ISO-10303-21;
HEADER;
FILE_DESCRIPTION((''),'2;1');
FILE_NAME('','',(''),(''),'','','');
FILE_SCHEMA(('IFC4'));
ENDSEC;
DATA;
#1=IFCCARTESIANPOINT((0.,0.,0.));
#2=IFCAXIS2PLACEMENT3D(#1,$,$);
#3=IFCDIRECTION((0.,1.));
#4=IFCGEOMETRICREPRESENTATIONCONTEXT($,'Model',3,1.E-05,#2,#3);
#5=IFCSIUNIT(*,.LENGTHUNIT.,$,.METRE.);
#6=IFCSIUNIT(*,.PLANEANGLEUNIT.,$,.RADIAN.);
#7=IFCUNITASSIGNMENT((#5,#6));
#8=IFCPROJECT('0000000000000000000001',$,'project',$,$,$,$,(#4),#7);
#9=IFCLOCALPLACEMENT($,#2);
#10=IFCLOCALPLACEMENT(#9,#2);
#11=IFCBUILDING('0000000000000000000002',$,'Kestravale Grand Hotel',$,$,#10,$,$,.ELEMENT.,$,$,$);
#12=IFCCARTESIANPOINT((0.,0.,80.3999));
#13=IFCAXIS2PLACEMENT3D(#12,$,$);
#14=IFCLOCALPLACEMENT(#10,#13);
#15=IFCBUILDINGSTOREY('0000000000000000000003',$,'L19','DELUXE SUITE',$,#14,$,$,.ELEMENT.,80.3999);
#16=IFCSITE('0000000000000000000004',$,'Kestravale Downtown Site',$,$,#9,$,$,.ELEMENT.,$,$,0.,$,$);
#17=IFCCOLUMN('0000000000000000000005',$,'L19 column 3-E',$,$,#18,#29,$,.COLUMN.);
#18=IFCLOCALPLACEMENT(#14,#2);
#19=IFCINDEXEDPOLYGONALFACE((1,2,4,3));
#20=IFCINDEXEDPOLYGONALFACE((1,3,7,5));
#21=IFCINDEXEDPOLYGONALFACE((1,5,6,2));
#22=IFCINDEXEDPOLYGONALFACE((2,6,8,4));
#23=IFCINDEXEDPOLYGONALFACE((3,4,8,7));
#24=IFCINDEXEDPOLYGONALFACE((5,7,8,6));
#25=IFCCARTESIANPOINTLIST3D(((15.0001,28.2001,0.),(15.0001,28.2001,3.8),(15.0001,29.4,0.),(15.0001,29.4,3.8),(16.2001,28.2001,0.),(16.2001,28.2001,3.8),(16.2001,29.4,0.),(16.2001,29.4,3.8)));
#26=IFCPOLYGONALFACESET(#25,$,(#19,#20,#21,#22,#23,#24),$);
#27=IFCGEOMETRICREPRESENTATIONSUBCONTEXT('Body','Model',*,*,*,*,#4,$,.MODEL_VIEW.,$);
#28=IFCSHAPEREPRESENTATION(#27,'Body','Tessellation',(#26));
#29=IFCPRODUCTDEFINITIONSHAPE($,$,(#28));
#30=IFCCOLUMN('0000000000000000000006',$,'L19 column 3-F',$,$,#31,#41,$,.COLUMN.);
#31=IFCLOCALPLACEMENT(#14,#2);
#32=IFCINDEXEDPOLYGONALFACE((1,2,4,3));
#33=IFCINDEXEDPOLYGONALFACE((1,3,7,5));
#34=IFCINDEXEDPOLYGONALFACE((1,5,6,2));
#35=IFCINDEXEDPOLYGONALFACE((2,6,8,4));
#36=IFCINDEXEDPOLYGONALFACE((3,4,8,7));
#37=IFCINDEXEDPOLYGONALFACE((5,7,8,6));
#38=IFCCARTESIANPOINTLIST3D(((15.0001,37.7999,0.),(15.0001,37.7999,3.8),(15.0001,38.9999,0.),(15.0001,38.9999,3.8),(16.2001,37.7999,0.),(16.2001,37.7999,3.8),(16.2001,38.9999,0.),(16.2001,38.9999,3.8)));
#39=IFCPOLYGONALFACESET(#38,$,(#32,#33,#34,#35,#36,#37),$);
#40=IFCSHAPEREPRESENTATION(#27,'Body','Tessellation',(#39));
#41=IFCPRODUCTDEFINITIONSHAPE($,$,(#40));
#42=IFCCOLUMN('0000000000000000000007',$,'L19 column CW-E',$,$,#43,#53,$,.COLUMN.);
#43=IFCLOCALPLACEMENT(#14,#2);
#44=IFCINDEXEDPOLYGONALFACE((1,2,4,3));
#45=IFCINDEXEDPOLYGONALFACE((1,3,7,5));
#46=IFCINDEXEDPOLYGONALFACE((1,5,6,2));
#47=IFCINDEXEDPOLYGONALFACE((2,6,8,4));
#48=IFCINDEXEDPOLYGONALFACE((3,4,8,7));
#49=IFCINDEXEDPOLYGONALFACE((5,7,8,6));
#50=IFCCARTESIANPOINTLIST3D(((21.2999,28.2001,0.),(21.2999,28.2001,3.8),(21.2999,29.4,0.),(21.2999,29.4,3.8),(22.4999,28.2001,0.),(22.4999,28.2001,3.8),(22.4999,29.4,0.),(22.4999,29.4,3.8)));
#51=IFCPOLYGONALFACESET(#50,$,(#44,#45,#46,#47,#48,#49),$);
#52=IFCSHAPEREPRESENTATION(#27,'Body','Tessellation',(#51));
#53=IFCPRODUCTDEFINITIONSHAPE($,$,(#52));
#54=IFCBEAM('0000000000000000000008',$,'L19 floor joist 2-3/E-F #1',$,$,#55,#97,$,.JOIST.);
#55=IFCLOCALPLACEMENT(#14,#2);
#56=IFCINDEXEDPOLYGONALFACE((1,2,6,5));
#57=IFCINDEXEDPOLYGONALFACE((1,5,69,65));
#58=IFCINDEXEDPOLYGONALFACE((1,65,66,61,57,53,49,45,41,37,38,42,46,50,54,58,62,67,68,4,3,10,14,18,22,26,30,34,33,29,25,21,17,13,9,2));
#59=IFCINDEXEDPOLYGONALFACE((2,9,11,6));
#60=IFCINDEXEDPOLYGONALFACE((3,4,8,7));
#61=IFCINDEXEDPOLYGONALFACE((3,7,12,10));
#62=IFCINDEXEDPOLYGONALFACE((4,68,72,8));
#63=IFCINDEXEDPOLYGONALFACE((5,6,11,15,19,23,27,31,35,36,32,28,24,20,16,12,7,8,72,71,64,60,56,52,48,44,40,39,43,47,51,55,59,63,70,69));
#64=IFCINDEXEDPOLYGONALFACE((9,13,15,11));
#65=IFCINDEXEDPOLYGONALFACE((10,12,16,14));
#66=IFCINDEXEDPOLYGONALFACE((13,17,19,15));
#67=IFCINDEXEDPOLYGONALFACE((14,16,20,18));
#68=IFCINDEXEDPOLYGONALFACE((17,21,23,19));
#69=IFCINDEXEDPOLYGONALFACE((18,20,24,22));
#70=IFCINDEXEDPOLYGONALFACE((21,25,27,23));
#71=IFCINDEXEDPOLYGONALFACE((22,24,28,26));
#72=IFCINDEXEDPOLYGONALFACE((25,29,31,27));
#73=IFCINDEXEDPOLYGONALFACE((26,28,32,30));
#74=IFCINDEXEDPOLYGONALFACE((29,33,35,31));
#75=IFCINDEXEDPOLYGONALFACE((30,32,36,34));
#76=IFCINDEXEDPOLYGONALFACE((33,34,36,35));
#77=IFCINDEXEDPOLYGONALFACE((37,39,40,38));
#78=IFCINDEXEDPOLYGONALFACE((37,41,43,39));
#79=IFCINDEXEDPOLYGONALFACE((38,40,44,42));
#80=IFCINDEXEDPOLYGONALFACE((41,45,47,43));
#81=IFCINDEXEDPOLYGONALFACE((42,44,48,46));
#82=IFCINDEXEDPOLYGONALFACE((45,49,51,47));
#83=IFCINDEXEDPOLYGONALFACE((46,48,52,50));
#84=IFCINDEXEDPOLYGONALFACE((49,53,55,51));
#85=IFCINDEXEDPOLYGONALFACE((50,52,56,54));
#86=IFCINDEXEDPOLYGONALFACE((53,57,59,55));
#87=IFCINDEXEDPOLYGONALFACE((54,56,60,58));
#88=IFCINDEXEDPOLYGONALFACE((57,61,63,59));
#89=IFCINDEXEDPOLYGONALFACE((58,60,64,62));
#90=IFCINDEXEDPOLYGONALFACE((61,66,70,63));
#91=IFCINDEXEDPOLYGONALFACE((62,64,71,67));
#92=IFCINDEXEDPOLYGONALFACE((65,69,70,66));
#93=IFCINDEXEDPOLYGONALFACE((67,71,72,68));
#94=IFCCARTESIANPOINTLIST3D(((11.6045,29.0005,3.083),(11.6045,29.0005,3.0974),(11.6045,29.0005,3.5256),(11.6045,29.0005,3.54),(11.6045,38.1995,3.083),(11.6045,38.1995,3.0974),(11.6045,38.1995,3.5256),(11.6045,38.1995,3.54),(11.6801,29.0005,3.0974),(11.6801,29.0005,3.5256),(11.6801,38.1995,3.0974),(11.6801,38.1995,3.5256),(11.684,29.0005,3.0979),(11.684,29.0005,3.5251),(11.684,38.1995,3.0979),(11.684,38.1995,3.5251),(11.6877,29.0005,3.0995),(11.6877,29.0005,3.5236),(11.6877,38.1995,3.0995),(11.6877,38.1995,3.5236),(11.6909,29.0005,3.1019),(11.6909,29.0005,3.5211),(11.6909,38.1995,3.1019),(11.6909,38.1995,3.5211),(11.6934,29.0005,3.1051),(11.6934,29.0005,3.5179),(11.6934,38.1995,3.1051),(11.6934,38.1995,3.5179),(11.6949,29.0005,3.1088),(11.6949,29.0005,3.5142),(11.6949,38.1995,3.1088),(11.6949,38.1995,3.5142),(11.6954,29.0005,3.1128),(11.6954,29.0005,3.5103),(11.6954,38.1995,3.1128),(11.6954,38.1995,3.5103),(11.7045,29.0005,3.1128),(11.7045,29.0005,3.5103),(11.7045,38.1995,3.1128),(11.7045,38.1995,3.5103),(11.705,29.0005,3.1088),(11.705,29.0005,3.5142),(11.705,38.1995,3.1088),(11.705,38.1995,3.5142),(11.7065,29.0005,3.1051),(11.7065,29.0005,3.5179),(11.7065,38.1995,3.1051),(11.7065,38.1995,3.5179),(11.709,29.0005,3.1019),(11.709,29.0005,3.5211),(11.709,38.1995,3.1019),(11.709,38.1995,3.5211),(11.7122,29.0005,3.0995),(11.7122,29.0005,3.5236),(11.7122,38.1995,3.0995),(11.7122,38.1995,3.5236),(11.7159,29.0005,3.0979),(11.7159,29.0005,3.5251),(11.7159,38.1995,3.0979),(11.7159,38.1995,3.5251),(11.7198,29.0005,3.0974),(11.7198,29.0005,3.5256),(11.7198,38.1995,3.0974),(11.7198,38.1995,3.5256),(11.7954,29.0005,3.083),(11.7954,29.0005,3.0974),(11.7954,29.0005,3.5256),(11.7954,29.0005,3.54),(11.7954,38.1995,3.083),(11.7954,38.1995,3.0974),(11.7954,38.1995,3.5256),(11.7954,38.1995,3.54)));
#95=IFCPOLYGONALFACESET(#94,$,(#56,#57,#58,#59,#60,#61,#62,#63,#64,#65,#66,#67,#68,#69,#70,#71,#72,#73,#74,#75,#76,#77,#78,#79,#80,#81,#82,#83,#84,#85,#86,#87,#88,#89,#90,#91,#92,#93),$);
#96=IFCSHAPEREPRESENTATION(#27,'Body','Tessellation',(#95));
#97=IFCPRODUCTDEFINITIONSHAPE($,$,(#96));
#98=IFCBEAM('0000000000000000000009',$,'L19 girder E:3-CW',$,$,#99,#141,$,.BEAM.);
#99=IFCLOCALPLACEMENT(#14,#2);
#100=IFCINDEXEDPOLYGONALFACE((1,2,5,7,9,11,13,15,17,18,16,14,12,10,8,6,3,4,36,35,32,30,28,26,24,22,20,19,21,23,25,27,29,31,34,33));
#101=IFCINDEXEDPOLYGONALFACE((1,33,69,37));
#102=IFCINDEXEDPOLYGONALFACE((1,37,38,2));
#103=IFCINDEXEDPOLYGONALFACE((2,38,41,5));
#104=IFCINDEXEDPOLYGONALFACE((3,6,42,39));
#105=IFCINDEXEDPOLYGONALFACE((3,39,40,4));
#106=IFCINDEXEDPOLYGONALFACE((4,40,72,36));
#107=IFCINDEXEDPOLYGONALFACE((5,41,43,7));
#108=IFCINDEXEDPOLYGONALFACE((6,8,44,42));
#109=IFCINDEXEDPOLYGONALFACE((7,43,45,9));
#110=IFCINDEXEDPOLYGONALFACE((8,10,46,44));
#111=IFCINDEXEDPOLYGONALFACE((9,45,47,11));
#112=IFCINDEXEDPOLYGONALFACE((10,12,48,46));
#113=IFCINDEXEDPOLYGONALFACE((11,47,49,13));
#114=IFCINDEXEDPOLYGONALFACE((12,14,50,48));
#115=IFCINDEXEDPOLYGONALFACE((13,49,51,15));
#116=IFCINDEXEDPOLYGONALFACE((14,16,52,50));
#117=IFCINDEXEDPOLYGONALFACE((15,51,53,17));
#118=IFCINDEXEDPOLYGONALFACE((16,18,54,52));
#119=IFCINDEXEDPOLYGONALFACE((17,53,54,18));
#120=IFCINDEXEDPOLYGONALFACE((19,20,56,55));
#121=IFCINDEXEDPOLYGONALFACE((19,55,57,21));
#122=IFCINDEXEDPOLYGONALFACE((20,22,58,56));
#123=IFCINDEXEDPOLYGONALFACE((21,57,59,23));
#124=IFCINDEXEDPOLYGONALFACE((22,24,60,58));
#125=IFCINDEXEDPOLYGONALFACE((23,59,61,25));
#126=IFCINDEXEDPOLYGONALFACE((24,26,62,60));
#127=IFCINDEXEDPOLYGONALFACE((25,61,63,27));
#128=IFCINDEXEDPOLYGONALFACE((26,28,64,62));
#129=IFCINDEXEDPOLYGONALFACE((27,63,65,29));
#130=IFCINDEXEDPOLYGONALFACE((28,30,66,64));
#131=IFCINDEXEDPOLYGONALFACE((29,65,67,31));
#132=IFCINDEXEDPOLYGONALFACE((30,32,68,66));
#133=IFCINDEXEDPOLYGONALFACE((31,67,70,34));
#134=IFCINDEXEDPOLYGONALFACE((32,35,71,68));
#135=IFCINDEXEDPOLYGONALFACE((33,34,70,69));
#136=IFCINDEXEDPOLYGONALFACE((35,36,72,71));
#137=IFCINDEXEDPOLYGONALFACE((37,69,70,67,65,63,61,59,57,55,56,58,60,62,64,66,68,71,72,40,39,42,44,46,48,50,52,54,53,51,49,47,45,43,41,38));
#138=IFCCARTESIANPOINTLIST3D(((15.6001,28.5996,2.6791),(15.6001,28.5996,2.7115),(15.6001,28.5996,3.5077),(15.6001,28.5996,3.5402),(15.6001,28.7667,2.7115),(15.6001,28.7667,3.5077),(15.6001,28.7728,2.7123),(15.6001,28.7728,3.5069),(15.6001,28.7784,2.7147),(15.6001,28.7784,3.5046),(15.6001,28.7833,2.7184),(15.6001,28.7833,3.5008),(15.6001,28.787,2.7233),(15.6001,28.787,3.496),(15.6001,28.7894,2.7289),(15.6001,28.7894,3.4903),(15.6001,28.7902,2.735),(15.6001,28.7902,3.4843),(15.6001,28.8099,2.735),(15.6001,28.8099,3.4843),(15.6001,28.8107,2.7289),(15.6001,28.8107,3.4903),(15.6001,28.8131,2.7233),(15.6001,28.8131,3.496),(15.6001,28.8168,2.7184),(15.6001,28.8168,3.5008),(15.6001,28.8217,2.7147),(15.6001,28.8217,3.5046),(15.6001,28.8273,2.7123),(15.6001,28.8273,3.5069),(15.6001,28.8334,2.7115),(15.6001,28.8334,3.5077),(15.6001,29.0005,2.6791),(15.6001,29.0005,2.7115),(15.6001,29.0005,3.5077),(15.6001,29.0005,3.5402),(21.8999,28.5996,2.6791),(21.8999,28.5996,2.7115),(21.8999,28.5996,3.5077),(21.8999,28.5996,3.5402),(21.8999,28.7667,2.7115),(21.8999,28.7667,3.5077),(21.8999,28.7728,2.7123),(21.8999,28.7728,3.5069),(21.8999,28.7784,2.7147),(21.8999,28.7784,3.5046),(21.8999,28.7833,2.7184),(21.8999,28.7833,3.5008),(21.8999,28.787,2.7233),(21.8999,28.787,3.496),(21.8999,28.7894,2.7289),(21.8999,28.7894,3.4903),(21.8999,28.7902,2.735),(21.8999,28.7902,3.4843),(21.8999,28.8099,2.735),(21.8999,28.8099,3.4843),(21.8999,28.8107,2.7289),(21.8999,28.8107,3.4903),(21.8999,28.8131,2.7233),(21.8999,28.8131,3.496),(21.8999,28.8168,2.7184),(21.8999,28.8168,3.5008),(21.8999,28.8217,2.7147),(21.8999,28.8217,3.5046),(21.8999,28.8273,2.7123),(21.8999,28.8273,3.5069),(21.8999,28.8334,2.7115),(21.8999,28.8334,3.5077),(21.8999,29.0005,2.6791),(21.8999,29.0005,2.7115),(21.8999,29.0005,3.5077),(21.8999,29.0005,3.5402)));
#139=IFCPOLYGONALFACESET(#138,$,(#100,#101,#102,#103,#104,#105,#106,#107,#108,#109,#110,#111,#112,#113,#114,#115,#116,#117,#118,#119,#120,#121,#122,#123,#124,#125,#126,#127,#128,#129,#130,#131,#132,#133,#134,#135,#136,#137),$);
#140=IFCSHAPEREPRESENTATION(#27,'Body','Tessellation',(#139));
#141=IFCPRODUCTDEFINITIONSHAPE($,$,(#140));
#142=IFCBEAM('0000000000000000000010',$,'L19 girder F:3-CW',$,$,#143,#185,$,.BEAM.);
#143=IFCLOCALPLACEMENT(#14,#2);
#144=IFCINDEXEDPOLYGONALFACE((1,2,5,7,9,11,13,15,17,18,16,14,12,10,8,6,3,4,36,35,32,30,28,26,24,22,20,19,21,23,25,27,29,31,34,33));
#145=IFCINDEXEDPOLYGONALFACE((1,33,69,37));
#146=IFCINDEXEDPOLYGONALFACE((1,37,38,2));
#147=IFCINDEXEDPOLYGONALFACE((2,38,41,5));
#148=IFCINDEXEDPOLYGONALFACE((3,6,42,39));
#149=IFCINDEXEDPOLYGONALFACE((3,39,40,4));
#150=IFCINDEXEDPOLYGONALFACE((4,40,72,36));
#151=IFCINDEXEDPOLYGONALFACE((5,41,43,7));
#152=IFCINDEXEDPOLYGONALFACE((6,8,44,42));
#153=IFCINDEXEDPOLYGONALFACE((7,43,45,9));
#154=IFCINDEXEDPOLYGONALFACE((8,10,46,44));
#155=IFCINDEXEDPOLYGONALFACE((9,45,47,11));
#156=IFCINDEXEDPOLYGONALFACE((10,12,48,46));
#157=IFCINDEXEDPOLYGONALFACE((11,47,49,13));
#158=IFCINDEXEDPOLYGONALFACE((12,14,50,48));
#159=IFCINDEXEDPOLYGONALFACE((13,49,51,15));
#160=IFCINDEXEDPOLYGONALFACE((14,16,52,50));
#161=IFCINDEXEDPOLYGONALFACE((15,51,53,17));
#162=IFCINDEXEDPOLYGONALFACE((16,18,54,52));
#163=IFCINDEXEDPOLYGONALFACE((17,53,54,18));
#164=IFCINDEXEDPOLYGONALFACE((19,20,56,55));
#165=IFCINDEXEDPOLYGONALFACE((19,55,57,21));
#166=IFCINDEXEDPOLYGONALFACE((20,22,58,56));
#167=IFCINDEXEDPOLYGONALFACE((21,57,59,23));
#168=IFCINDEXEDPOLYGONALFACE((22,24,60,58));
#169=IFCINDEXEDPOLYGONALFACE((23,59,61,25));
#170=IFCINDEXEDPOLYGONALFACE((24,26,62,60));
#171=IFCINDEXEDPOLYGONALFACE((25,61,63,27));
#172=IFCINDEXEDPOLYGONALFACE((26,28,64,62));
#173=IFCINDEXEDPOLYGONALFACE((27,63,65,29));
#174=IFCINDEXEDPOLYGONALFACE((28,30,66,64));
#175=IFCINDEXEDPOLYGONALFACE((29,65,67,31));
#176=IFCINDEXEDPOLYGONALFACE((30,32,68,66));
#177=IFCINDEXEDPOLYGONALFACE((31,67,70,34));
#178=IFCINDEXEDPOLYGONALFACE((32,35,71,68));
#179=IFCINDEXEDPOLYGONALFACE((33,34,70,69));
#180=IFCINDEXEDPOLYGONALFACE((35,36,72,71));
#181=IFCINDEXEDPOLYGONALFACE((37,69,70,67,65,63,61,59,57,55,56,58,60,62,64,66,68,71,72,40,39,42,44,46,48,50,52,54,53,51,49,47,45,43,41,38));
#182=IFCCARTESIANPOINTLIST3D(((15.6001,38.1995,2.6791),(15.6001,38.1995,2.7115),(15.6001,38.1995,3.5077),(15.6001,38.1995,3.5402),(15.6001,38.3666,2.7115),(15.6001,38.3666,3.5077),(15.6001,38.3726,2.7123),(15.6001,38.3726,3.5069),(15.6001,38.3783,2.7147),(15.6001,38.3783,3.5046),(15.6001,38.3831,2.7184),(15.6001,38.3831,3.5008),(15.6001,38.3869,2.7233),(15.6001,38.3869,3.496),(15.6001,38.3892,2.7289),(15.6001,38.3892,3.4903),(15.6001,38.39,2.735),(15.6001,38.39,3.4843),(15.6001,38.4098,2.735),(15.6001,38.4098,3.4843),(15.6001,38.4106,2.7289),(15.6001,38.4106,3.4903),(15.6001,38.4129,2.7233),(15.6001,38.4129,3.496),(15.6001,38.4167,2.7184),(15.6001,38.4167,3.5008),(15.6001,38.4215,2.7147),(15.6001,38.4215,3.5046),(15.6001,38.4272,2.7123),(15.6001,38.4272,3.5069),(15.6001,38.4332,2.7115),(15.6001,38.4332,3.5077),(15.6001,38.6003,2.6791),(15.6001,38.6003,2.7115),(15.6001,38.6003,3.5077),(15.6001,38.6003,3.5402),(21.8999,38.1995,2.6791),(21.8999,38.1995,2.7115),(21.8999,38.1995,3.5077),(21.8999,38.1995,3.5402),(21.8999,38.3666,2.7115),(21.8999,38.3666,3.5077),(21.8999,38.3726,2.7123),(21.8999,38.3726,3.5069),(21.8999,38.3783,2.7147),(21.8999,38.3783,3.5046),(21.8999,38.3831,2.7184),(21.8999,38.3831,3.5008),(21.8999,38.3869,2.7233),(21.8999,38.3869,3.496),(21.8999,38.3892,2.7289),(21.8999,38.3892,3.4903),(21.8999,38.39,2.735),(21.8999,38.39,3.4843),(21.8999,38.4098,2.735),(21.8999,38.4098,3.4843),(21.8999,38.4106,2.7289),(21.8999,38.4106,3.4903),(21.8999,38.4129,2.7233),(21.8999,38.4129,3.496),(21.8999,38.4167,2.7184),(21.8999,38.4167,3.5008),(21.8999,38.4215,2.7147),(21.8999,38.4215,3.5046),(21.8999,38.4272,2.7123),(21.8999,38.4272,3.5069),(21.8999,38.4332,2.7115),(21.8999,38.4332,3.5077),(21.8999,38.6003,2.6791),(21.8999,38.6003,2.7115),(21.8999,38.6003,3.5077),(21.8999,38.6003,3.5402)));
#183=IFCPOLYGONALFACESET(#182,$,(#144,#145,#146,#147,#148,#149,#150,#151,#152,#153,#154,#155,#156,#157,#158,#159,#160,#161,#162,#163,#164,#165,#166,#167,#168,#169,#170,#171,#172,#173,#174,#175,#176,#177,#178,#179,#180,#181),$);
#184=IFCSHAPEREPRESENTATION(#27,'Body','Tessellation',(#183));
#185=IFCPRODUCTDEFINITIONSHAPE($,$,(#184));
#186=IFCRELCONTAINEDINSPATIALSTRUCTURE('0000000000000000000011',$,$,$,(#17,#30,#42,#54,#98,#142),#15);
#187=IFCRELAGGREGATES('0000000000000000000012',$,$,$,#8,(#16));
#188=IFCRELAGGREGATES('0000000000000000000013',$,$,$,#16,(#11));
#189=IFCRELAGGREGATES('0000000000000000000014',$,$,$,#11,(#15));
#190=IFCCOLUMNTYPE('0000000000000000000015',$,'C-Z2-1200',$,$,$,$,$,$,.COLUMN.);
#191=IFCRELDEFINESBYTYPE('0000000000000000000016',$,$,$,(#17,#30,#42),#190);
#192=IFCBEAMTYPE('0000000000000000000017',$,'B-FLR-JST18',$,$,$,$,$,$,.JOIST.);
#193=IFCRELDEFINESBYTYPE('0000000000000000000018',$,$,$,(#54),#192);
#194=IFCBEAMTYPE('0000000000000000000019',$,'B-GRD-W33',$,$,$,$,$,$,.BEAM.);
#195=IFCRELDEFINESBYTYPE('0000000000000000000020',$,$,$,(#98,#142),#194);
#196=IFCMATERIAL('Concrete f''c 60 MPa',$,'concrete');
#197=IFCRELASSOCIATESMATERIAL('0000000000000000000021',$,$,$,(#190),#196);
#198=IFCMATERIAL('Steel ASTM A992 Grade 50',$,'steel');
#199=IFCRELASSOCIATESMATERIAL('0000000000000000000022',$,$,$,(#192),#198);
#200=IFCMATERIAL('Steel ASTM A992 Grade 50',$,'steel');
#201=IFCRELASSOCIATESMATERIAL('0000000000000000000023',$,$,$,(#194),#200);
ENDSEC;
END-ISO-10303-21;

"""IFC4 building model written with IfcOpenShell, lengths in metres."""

from ifc_helpers import new_model, si_unit, direction, frame, origin, origin_2d, place, context, subcontext, project, spatial, rectangle, i_section, extrude, material, material_profile, profile_set, type_object, element, save


model = new_model("IFC4")

# Units and contexts
model_context = context("Model", 3, precision=1e-05, world=origin(), true_north=direction((0.0, 1.0)))
body_context = subcontext(model_context, "Body", "Model", "MODEL_VIEW")
ifc_project = project(units=[si_unit("LENGTHUNIT", "METRE"), si_unit("PLANEANGLEUNIT", "RADIAN")], contexts=[model_context])

# Site, building, storey
site_placement = place(None, origin())
site = spatial("IfcSite", under=ifc_project, at=site_placement, Name="Kestravale Downtown Site", CompositionType="ELEMENT", RefElevation=0.0)
building_placement = place(site_placement, origin())
building = spatial("IfcBuilding", under=site, at=building_placement, Name="Kestravale Grand Hotel", CompositionType="ELEMENT")
storey_placement = place(building_placement, frame((0.0, 0.0, 80.3999)))
storey = spatial("IfcBuildingStorey", under=building, at=storey_placement, Name="L19", Description="DELUXE SUITE", CompositionType="ELEMENT", Elevation=80.3999)

# Columns
ifc_material_1 = material(Name="Concrete f'c 60 MPa", Category="concrete")
ifc_material_profile_1 = material_profile(ifc_material_1, rectangle(XDim=1.2, YDim=1.2, at=origin_2d()))
ifc_profile_set_1 = profile_set([ifc_material_profile_1], Name="Concrete f'c 60 MPa")
column_type = type_object("IfcColumnType", Name="C-Z2-1200", PredefinedType="COLUMN", material=ifc_profile_set_1)
for number, where, z_axis, x_axis, name in (
    (1, (15.6001, 28.8, 0.0), (0.0, 0.0, 1.0), (1.0, 0.0, 0.0), "L19 column 3-E"),
    (2, (15.6001, 38.3999, 0.0), (0.0, 0.0, 1.0), (1.0, 0.0, 0.0), "L19 column 3-F"),
    (3, (21.8999, 28.8, 0.0), (0.0, 0.0, 1.0), (1.0, 0.0, 0.0), "L19 column CW-E"),
):
    element("IfcColumn", number, at=place(storey_placement, frame(where, z_axis=z_axis, x_axis=x_axis)), inside=storey, type_object=column_type, Name=name, PredefinedType="COLUMN", context=body_context, shape_type="SweptSolid", body=[
        extrude(rectangle(XDim=1.2, YDim=1.2, at=origin_2d()), origin(), (0.0, 0.0, 1.0), 3.8),
    ])

# Beams
ifc_material_2 = material(Name="Steel ASTM A992 Grade 50", Category="steel")
ifc_material_profile_2 = material_profile(ifc_material_2, i_section(OverallWidth=0.1909, OverallDepth=0.457, WebThickness=0.009, FlangeThickness=0.0144, FilletRadius=0.0154, at=origin_2d()))
ifc_profile_set_2 = profile_set([ifc_material_profile_2], Name="Steel ASTM A992 Grade 50")
beam_type_1 = type_object("IfcBeamType", Name="B-FLR-JST18", PredefinedType="JOIST", material=ifc_profile_set_2)
beam_1_placement = place(storey_placement, frame((11.7, 29.0005, 3.3115), z_axis=(0.0, 1.0, 0.0), x_axis=(-1.0, 0.0, 0.0)))
element("IfcBeam", 4, at=beam_1_placement, inside=storey, type_object=beam_type_1, Name="L19 floor joist 2-3/E-F #1", PredefinedType="JOIST", context=body_context, shape_type="SweptSolid", body=[
    extrude(i_section(OverallWidth=0.1909, OverallDepth=0.457, WebThickness=0.009, FlangeThickness=0.0144, FilletRadius=0.0154, at=origin_2d()), origin(), (0.0, 0.0, 1.0), 9.199),
])
ifc_material_3 = material(Name="Steel ASTM A992 Grade 50", Category="steel")
ifc_material_profile_3 = material_profile(ifc_material_3, i_section(OverallWidth=0.4009, OverallDepth=0.8611, WebThickness=0.0198, FlangeThickness=0.0325, FilletRadius=0.0234, at=origin_2d()))
ifc_profile_set_3 = profile_set([ifc_material_profile_3], Name="Steel ASTM A992 Grade 50")
beam_type_2 = type_object("IfcBeamType", Name="B-GRD-W33", PredefinedType="BEAM", material=ifc_profile_set_3)
for number, where, z_axis, x_axis, name in (
    (5, (15.6001, 28.8, 3.1096), (1.0, 0.0, 0.0), (0.0, 1.0, 0.0), "L19 girder E:3-CW"),
    (6, (15.6001, 38.3999, 3.1096), (1.0, 0.0, 0.0), (0.0, 1.0, 0.0), "L19 girder F:3-CW"),
):
    element("IfcBeam", number, at=place(storey_placement, frame(where, z_axis=z_axis, x_axis=x_axis)), inside=storey, type_object=beam_type_2, Name=name, PredefinedType="BEAM", context=body_context, shape_type="SweptSolid", body=[
        extrude(i_section(OverallWidth=0.4009, OverallDepth=0.8611, WebThickness=0.0198, FlangeThickness=0.0325, FilletRadius=0.0234, at=origin_2d()), origin(), (0.0, 0.0, 1.0), 6.2998),
    ])

save(model, "model.ifc")
